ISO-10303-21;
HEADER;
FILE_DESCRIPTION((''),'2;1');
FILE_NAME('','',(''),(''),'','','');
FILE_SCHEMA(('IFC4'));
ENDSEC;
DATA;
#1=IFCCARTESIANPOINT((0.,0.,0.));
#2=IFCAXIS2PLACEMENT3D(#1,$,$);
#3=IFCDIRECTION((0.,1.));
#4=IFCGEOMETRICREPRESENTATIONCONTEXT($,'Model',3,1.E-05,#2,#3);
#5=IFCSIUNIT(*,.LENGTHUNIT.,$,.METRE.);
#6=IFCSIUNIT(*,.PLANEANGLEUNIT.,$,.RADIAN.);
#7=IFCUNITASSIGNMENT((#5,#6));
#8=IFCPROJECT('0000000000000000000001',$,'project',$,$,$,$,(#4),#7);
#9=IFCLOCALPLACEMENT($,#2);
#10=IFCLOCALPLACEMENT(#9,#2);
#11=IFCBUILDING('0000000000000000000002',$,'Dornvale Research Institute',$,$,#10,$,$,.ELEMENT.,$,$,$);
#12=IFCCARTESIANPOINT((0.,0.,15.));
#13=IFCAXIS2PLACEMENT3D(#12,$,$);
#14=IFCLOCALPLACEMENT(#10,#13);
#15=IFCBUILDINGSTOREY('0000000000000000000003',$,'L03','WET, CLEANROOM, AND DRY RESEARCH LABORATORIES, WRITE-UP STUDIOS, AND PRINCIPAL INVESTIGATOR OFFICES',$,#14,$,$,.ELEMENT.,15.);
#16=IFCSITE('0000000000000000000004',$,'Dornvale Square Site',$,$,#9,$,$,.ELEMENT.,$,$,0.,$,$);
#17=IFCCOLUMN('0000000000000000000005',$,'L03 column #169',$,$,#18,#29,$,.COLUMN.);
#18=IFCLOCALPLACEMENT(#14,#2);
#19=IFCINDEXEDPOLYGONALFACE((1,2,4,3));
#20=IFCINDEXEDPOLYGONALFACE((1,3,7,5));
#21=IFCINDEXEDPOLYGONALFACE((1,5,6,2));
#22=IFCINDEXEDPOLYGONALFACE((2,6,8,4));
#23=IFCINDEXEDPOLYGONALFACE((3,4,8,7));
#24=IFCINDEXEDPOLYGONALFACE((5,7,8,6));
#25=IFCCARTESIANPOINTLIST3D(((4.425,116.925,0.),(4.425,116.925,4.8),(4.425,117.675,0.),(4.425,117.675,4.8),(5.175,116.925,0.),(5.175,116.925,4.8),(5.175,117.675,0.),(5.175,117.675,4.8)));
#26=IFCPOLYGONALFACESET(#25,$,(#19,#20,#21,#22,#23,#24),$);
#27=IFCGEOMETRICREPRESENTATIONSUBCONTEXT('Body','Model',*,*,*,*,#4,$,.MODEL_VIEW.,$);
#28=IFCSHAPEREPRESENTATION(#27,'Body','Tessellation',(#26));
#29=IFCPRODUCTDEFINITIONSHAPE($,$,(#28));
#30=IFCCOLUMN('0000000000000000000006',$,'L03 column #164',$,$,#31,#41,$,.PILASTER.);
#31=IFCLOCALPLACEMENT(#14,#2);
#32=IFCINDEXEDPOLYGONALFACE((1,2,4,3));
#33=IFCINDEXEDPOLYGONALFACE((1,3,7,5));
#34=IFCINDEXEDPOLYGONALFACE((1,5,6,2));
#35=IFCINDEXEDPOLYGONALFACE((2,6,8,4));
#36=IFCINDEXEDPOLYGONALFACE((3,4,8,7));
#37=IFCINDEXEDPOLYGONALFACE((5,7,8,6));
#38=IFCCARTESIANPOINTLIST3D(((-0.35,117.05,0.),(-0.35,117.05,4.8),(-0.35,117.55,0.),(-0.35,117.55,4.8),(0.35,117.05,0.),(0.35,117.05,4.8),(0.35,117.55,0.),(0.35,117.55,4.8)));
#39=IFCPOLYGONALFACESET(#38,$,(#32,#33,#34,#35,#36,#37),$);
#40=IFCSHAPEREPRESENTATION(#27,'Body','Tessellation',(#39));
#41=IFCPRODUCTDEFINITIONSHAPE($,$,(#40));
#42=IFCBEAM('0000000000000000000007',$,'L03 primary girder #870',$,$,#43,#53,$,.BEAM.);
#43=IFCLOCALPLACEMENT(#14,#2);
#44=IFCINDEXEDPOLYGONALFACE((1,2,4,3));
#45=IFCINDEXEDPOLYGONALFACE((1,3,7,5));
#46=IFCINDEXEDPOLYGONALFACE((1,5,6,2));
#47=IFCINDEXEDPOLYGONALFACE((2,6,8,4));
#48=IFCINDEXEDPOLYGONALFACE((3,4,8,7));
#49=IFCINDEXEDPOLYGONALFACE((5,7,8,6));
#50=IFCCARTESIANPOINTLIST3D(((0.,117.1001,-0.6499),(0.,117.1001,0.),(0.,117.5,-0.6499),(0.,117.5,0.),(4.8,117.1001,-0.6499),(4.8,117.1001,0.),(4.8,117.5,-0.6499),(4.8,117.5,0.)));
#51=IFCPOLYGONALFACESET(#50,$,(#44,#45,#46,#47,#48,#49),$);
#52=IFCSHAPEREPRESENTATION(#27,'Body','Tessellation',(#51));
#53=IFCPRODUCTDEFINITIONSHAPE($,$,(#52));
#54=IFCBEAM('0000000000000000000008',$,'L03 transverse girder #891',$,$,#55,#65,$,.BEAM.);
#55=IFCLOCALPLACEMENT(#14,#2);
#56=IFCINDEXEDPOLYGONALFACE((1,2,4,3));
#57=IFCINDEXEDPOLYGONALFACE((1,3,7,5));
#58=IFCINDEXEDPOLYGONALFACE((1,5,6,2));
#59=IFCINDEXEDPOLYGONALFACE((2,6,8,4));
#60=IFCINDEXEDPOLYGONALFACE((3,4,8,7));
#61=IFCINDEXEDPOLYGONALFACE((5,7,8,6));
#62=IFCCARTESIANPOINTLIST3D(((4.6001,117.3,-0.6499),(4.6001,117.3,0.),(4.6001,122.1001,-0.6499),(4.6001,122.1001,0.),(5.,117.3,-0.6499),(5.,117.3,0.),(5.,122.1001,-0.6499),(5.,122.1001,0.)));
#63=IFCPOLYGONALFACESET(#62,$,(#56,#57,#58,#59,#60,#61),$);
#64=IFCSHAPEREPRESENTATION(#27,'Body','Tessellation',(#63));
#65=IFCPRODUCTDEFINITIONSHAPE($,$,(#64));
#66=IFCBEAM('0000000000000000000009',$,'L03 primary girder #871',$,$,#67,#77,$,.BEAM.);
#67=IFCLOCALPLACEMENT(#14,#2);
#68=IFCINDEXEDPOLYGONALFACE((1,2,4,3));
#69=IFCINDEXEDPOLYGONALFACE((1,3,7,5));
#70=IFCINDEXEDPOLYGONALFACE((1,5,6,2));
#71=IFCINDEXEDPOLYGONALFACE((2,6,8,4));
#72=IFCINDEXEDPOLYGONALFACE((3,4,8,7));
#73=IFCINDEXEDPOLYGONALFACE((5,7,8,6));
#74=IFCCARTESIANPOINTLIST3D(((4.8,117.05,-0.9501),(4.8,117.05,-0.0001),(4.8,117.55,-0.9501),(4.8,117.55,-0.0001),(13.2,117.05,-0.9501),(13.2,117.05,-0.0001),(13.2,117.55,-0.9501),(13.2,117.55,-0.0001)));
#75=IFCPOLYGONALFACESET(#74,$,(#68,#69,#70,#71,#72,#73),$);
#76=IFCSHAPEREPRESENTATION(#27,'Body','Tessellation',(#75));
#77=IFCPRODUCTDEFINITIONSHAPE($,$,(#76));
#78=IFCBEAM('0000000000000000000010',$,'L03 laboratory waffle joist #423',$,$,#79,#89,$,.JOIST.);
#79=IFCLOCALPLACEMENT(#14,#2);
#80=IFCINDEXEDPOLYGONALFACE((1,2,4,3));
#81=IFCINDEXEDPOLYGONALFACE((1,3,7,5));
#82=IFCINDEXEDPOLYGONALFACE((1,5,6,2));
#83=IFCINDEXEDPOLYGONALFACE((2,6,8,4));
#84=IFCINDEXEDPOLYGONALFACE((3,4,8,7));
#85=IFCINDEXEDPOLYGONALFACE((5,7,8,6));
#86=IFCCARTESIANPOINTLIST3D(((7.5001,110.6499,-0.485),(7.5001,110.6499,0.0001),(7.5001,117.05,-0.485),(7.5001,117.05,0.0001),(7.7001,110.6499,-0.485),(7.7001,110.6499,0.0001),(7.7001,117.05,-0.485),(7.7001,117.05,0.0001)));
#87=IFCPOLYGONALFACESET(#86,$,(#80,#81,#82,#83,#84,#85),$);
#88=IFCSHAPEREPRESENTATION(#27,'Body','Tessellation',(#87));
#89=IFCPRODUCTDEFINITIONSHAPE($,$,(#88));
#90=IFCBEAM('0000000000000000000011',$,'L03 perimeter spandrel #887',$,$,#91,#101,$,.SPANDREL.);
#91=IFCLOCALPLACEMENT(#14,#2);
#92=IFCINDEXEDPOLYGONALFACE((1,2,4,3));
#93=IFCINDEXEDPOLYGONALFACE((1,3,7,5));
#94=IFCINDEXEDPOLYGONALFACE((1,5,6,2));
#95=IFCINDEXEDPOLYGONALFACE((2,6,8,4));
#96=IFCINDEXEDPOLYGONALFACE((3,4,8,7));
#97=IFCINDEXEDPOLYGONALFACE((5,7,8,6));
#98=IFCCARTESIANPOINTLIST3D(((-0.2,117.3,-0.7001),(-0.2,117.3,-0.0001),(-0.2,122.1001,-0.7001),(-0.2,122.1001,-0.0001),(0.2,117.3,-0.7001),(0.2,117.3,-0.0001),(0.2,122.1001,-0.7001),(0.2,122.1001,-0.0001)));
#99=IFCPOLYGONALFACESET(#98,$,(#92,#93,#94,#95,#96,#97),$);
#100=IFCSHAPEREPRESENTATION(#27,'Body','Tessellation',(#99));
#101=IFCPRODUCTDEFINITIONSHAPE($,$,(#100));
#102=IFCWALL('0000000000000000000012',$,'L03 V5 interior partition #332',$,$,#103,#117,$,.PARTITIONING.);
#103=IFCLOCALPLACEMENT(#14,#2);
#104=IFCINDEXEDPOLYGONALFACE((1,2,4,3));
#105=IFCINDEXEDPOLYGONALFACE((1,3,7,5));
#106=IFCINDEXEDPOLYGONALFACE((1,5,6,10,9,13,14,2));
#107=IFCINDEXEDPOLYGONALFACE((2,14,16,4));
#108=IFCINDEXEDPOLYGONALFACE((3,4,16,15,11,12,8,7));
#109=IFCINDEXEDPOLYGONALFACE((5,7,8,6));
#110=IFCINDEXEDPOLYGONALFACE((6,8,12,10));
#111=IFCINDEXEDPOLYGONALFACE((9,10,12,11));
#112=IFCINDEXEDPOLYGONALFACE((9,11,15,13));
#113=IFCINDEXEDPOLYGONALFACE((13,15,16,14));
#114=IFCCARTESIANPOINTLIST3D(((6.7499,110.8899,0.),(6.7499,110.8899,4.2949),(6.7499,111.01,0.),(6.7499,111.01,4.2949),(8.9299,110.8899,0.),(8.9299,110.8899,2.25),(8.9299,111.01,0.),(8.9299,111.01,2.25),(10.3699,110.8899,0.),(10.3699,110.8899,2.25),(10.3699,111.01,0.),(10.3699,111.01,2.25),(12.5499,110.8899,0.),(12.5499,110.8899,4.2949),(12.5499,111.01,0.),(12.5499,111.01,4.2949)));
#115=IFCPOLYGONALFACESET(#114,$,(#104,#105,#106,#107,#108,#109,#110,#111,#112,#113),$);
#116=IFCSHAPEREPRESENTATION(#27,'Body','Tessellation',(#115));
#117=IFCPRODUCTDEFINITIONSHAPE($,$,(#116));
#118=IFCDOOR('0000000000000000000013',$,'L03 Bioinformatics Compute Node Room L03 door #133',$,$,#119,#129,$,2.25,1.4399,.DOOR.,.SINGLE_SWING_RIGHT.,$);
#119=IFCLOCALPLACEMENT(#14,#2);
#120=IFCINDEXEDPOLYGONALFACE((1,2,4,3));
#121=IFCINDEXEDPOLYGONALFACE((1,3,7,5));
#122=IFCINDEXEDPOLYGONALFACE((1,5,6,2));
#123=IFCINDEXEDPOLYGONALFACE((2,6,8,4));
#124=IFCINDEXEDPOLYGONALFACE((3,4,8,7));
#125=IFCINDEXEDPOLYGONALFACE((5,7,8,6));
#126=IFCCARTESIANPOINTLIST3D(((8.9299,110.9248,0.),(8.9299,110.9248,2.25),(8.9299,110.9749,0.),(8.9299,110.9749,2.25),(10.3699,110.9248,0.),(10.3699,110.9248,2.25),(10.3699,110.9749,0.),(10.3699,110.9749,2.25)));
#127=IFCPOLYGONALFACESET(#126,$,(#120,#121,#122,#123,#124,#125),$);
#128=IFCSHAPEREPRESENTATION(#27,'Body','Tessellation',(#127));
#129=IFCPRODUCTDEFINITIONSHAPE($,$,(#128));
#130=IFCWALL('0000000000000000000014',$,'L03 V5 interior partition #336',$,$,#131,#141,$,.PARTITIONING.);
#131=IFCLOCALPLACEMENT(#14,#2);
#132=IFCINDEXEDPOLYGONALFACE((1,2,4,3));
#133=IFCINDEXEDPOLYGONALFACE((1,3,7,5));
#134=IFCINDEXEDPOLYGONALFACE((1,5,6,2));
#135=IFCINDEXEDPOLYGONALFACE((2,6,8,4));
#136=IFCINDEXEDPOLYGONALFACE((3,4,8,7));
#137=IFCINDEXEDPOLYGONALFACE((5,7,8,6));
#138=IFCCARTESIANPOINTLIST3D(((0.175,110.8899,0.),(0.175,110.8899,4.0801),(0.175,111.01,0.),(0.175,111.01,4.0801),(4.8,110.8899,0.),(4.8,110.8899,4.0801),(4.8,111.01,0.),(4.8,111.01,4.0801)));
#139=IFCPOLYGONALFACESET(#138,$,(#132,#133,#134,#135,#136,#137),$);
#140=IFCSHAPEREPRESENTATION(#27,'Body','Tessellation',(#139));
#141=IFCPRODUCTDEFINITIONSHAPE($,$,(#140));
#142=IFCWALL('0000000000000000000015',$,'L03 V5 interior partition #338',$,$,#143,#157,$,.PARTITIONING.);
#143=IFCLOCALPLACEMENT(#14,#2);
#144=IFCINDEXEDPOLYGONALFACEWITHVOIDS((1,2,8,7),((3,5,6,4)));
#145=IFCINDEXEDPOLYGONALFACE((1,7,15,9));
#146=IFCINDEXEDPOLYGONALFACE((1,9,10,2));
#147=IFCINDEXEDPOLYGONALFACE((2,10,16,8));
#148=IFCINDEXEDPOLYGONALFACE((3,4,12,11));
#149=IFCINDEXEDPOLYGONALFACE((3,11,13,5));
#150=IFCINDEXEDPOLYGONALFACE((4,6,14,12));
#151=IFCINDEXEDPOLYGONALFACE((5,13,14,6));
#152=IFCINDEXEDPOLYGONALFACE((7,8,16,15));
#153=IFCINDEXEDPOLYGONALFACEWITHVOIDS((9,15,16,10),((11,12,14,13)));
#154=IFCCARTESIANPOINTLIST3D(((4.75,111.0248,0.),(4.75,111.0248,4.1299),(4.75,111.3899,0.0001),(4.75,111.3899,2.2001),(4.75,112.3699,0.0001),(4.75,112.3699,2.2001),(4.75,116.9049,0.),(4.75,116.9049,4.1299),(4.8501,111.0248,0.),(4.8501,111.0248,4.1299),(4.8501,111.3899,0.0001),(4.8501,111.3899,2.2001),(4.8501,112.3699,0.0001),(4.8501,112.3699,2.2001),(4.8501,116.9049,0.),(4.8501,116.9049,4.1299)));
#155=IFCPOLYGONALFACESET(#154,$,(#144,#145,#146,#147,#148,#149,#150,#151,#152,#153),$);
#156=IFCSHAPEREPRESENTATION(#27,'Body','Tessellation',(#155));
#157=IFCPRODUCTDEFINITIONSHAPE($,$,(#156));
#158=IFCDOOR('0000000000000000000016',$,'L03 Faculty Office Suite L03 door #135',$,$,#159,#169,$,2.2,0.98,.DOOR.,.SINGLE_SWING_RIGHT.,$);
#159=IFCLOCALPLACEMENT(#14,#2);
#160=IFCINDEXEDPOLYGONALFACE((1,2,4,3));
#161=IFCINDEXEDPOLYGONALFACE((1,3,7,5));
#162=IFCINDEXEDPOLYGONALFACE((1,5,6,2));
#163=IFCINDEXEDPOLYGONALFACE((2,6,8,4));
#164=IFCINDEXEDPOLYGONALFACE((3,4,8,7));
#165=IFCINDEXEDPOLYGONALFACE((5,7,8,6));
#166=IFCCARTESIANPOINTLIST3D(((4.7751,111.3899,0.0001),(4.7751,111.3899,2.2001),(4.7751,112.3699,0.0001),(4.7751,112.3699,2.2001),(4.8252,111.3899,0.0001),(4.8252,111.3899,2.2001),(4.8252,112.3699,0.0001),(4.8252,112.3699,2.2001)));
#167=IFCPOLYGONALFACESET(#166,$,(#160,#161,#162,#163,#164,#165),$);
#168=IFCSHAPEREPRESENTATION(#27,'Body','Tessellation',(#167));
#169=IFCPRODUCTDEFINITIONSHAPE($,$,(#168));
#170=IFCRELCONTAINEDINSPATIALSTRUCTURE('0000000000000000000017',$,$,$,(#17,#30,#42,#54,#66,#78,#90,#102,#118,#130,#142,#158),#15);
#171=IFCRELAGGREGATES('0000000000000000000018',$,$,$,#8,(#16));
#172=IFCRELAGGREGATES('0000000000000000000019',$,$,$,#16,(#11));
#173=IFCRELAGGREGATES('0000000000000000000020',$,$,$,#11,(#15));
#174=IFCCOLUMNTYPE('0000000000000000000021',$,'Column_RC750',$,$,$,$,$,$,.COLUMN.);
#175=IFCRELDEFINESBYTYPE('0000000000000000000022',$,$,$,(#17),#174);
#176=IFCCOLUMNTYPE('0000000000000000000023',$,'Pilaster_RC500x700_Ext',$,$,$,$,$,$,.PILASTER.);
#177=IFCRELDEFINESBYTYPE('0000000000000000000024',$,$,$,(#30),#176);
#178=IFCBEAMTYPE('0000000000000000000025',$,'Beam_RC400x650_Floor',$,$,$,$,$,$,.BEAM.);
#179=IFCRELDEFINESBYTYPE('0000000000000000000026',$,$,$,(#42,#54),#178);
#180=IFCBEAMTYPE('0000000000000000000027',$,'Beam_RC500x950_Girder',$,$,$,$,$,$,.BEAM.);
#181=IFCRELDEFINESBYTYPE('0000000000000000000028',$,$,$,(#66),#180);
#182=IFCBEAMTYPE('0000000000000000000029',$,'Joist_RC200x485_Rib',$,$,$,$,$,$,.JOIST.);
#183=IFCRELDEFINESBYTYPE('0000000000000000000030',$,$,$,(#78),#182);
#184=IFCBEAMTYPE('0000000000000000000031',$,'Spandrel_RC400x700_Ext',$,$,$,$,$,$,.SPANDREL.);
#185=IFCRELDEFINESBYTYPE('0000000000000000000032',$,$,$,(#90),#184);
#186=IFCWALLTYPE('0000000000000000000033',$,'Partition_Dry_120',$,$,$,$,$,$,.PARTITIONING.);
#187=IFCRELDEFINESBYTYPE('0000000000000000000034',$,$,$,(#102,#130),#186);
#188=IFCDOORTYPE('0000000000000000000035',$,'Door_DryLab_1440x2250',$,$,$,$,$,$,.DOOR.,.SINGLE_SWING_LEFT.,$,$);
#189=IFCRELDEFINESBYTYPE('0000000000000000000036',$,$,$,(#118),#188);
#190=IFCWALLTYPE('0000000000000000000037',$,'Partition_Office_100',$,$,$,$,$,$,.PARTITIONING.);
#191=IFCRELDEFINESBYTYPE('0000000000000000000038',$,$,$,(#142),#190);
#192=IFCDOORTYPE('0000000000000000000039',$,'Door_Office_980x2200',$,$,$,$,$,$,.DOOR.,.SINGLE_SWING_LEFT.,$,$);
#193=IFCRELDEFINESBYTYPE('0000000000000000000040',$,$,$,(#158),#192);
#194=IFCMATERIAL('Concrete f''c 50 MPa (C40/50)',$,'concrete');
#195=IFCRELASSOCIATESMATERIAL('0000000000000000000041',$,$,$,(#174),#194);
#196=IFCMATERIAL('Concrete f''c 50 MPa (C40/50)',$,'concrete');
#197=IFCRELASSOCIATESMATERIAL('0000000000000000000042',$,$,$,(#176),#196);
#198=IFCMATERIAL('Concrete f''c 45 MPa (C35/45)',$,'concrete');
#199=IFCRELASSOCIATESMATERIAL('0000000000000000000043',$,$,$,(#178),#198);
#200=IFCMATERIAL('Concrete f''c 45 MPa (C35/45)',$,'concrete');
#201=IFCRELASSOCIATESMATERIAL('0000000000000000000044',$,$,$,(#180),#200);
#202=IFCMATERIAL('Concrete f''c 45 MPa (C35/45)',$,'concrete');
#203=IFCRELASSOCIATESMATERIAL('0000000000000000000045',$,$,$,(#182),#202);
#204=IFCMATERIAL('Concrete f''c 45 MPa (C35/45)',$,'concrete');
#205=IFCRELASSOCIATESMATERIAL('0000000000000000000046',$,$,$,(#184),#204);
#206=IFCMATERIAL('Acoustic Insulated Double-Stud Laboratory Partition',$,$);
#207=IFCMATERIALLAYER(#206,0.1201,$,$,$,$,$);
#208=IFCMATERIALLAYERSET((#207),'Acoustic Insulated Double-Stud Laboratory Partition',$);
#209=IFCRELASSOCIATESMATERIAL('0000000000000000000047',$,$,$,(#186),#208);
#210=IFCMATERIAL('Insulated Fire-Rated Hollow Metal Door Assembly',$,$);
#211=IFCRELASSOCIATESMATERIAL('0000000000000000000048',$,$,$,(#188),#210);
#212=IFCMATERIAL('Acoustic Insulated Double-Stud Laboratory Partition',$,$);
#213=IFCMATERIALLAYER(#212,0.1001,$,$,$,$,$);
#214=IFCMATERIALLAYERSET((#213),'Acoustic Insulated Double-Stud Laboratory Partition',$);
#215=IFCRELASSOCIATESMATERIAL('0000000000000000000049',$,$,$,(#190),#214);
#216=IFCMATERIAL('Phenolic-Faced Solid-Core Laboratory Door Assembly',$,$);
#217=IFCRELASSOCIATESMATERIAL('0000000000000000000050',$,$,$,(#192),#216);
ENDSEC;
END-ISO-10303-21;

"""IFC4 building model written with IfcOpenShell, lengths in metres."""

from ifc_helpers import new_model, si_unit, direction, frame, frame_2d, origin, origin_2d, place, context, subcontext, project, spatial, rectangle, extrude, material, layer, layer_set, material_profile, profile_set, type_object, element, fill, save


model = new_model("IFC4")

# Units and contexts
model_context = context("Model", 3, precision=1e-05, world=origin(), true_north=direction((0.0, 1.0)))
body_context = subcontext(model_context, "Body", "Model", "MODEL_VIEW")
ifc_project = project(units=[si_unit("LENGTHUNIT", "METRE"), si_unit("PLANEANGLEUNIT", "RADIAN")], contexts=[model_context])

# Site, building, storey
site_placement = place(None, origin())
site = spatial("IfcSite", under=ifc_project, at=site_placement, Name="Dornvale Square Site", CompositionType="ELEMENT", RefElevation=0.0)
building_placement = place(site_placement, origin())
building = spatial("IfcBuilding", under=site, at=building_placement, Name="Dornvale Research Institute", CompositionType="ELEMENT")
storey_placement = place(building_placement, frame((0.0, 0.0, 15.0)))
storey = spatial("IfcBuildingStorey", under=building, at=storey_placement, Name="L03", Description="WET, CLEANROOM, AND DRY RESEARCH LABORATORIES, WRITE-UP STUDIOS, AND PRINCIPAL INVESTIGATOR OFFICES", CompositionType="ELEMENT", Elevation=15.0)

# Columns
ifc_material_1 = material(Name="Concrete f'c 50 MPa (C40/50)", Category="concrete")
ifc_material_profile_1 = material_profile(ifc_material_1, rectangle(XDim=0.75, YDim=0.75, at=origin_2d()), Name="RC 750x750")
ifc_profile_set_1 = profile_set([ifc_material_profile_1], Name="Concrete f'c 50 MPa (C40/50)")
column_type_1 = type_object("IfcColumnType", Name="Column_RC750", PredefinedType="COLUMN", material=ifc_profile_set_1)
column_1_placement = place(storey_placement, frame((4.8, 117.3, 0.0), z_axis=(0.0, 0.0, 1.0), x_axis=(1.0, 0.0, 0.0)))
element("IfcColumn", 1, at=column_1_placement, inside=storey, type_object=column_type_1, Name="L03 column #169", PredefinedType="COLUMN", context=body_context, shape_type="SweptSolid", body=[
    extrude(rectangle(XDim=0.75, YDim=0.75, at=origin_2d()), origin(), (0.0, 0.0, 1.0), 4.8),
])
ifc_material_2 = material(Name="Concrete f'c 50 MPa (C40/50)", Category="concrete")
ifc_material_profile_2 = material_profile(ifc_material_2, rectangle(XDim=0.5, YDim=0.7, at=origin_2d()), Name="RC 500x700")
ifc_profile_set_2 = profile_set([ifc_material_profile_2], Name="Concrete f'c 50 MPa (C40/50)")
column_type_2 = type_object("IfcColumnType", Name="Pilaster_RC500x700_Ext", PredefinedType="PILASTER", material=ifc_profile_set_2)
column_2_placement = place(storey_placement, frame((0.0, 117.3, 0.0), z_axis=(0.0, 0.0, 1.0), x_axis=(0.0, 1.0, 0.0)))
element("IfcColumn", 2, at=column_2_placement, inside=storey, type_object=column_type_2, Name="L03 column #164", PredefinedType="PILASTER", context=body_context, shape_type="SweptSolid", body=[
    extrude(rectangle(XDim=0.5, YDim=0.7, at=origin_2d()), origin(), (0.0, 0.0, 1.0), 4.8),
])

# Beams
ifc_material_3 = material(Name="Concrete f'c 45 MPa (C35/45)", Category="concrete")
ifc_material_profile_3 = material_profile(ifc_material_3, rectangle(XDim=0.3999, YDim=0.6499, at=origin_2d()), Name="RC 400x650")
ifc_profile_set_3 = profile_set([ifc_material_profile_3], Name="Concrete f'c 45 MPa (C35/45)")
beam_type_1 = type_object("IfcBeamType", Name="Beam_RC400x650_Floor", PredefinedType="BEAM", material=ifc_profile_set_3)
for number, where, z_axis, x_axis, name in (
    (3, (0.0, 117.3, -0.325), (1.0, 0.0, 0.0), (0.0, 1.0, 0.0), "L03 primary girder #870"),
    (4, (4.8, 117.3, -0.325), (0.0, 1.0, 0.0), (-1.0, 0.0, 0.0), "L03 transverse girder #891"),
):
    element("IfcBeam", number, at=place(storey_placement, frame(where, z_axis=z_axis, x_axis=x_axis)), inside=storey, type_object=beam_type_1, Name=name, PredefinedType="BEAM", context=body_context, shape_type="SweptSolid", body=[
        extrude(rectangle(XDim=0.3999, YDim=0.6499, at=origin_2d()), origin(), (0.0, 0.0, 1.0), 4.8),
    ])
ifc_material_4 = material(Name="Concrete f'c 45 MPa (C35/45)", Category="concrete")
ifc_material_profile_4 = material_profile(ifc_material_4, rectangle(XDim=0.5, YDim=0.95, at=origin_2d()), Name="RC 500x950")
ifc_profile_set_4 = profile_set([ifc_material_profile_4], Name="Concrete f'c 45 MPa (C35/45)")
beam_type_2 = type_object("IfcBeamType", Name="Beam_RC500x950_Girder", PredefinedType="BEAM", material=ifc_profile_set_4)
beam_1_placement = place(storey_placement, frame((4.8, 117.3, -0.4751), z_axis=(1.0, 0.0, 0.0), x_axis=(0.0, 1.0, 0.0)))
element("IfcBeam", 5, at=beam_1_placement, inside=storey, type_object=beam_type_2, Name="L03 primary girder #871", PredefinedType="BEAM", context=body_context, shape_type="SweptSolid", body=[
    extrude(rectangle(XDim=0.5, YDim=0.95, at=origin_2d()), origin(), (0.0, 0.0, 1.0), 8.3999),
])
ifc_material_5 = material(Name="Concrete f'c 45 MPa (C35/45)", Category="concrete")
ifc_material_profile_5 = material_profile(ifc_material_5, rectangle(XDim=0.2, YDim=0.4851, at=origin_2d()), Name="RC 200x485")
ifc_profile_set_5 = profile_set([ifc_material_profile_5], Name="Concrete f'c 45 MPa (C35/45)")
beam_type_3 = type_object("IfcBeamType", Name="Joist_RC200x485_Rib", PredefinedType="JOIST", material=ifc_profile_set_5)
beam_2_placement = place(storey_placement, frame((7.6001, 110.6499, -0.2424), z_axis=(0.0, 1.0, 0.0), x_axis=(-1.0, 0.0, 0.0)))
element("IfcBeam", 6, at=beam_2_placement, inside=storey, type_object=beam_type_3, Name="L03 laboratory waffle joist #423", PredefinedType="JOIST", context=body_context, shape_type="SweptSolid", body=[
    extrude(rectangle(XDim=0.2, YDim=0.4851, at=origin_2d()), origin(), (0.0, 0.0, 1.0), 6.4001),
])
ifc_material_6 = material(Name="Concrete f'c 45 MPa (C35/45)", Category="concrete")
ifc_material_profile_6 = material_profile(ifc_material_6, rectangle(XDim=0.3999, YDim=0.7, at=origin_2d()), Name="RC 400x700")
ifc_profile_set_6 = profile_set([ifc_material_profile_6], Name="Concrete f'c 45 MPa (C35/45)")
beam_type_4 = type_object("IfcBeamType", Name="Spandrel_RC400x700_Ext", PredefinedType="SPANDREL", material=ifc_profile_set_6)
beam_3_placement = place(storey_placement, frame((0.0, 117.3, -0.3501), z_axis=(0.0, 1.0, 0.0), x_axis=(-1.0, 0.0, 0.0)))
element("IfcBeam", 7, at=beam_3_placement, inside=storey, type_object=beam_type_4, Name="L03 perimeter spandrel #887", PredefinedType="SPANDREL", context=body_context, shape_type="SweptSolid", body=[
    extrude(rectangle(XDim=0.3999, YDim=0.7, at=origin_2d()), origin(), (0.0, 0.0, 1.0), 4.8),
])

# Wall, opening, door
ifc_material_7 = material(Name="Acoustic Insulated Double-Stud Laboratory Partition")
ifc_layer_1 = layer(ifc_material_7, 0.1201)
ifc_layer_set_1 = layer_set([ifc_layer_1], Name="Acoustic Insulated Double-Stud Laboratory Partition")
wall_type_1 = type_object("IfcWallType", Name="Partition_Dry_120", PredefinedType="PARTITIONING", material=ifc_layer_set_1)
wall_1_placement = place(storey_placement, frame((6.75, 110.95, 0.0), z_axis=(0.0, 0.0, 1.0), x_axis=(1.0, 0.0, 0.0)))
wall_1 = element("IfcWall", 8, at=wall_1_placement, inside=storey, type_object=wall_type_1, Name="L03 V5 interior partition #332", PredefinedType="PARTITIONING", context=body_context, shape_type="SweptSolid", body=[
    extrude(rectangle(XDim=5.8, YDim=0.1201, at=frame_2d((2.8999, 0.0))), origin(), (0.0, 0.0, 1.0), 4.2949),
])
opening_1_placement = place(wall_1_placement, frame((2.1799, 0.0, 0.0)))
opening_1 = element("IfcOpeningElement", 9, at=opening_1_placement, cuts=wall_1, PredefinedType="OPENING", context=body_context, shape_type="SweptSolid", body=[
    extrude(rectangle(XDim=1.4399, YDim=2.25, at=frame_2d((0.72, 1.125))), frame((0.0, 0.075, 0.0), z_axis=(0.0, -1.0, 0.0), x_axis=(1.0, 0.0, 0.0)), (0.0, 0.0, 1.0), 0.1501),
])
ifc_material_8 = material(Name="Insulated Fire-Rated Hollow Metal Door Assembly")
door_type_1 = type_object("IfcDoorType", Name="Door_DryLab_1440x2250", OperationType="SINGLE_SWING_LEFT", PredefinedType="DOOR", material=ifc_material_8)
door_1_placement = place(opening_1_placement, origin())
door_1 = element("IfcDoor", 10, at=door_1_placement, inside=storey, type_object=door_type_1, Name="L03 Bioinformatics Compute Node Room L03 door #133", OperationType="SINGLE_SWING_RIGHT", OverallHeight=2.25, OverallWidth=1.4399, PredefinedType="DOOR", context=body_context, shape_type="SweptSolid", body=[
    extrude(rectangle(XDim=1.4399, YDim=2.25, at=frame_2d((0.72, 1.125))), frame((0.0, 0.0249, 0.0), z_axis=(0.0, -1.0, 0.0), x_axis=(1.0, 0.0, 0.0)), (0.0, 0.0, 1.0), 0.05),
])
fill(opening_1, door_1)

# Wall
wall_2_placement = place(storey_placement, frame((0.175, 110.95, 0.0), z_axis=(0.0, 0.0, 1.0), x_axis=(1.0, 0.0, 0.0)))
element("IfcWall", 11, at=wall_2_placement, inside=storey, type_object=wall_type_1, Name="L03 V5 interior partition #336", PredefinedType="PARTITIONING", context=body_context, shape_type="SweptSolid", body=[
    extrude(rectangle(XDim=4.625, YDim=0.1201, at=frame_2d((2.3125, 0.0))), origin(), (0.0, 0.0, 1.0), 4.0801),
])

# Wall, opening, door
ifc_material_9 = material(Name="Acoustic Insulated Double-Stud Laboratory Partition")
ifc_layer_2 = layer(ifc_material_9, 0.1001)
ifc_layer_set_2 = layer_set([ifc_layer_2], Name="Acoustic Insulated Double-Stud Laboratory Partition")
wall_type_2 = type_object("IfcWallType", Name="Partition_Office_100", PredefinedType="PARTITIONING", material=ifc_layer_set_2)
wall_3_placement = place(storey_placement, frame((4.8, 111.0249, 0.0), z_axis=(0.0, 0.0, 1.0), x_axis=(0.0, 1.0, 0.0)))
wall_3 = element("IfcWall", 12, at=wall_3_placement, inside=storey, type_object=wall_type_2, Name="L03 V5 interior partition #338", PredefinedType="PARTITIONING", context=body_context, shape_type="SweptSolid", body=[
    extrude(rectangle(XDim=5.8801, YDim=0.1001, at=frame_2d((2.9399, 0.0))), origin(), (0.0, 0.0, 1.0), 4.1299),
])
opening_2_placement = place(wall_3_placement, frame((0.365, 0.0, 0.0)))
opening_2 = element("IfcOpeningElement", 13, at=opening_2_placement, cuts=wall_3, PredefinedType="OPENING", context=body_context, shape_type="SweptSolid", body=[
    extrude(rectangle(XDim=0.98, YDim=2.2, at=frame_2d((0.49, 1.1001))), frame((0.0, 0.0649, 0.0), z_axis=(0.0, -1.0, 0.0), x_axis=(1.0, 0.0, 0.0)), (0.0, 0.0, 1.0), 0.1301),
])
ifc_material_10 = material(Name="Phenolic-Faced Solid-Core Laboratory Door Assembly")
door_type_2 = type_object("IfcDoorType", Name="Door_Office_980x2200", OperationType="SINGLE_SWING_LEFT", PredefinedType="DOOR", material=ifc_material_10)
door_2_placement = place(opening_2_placement, origin())
door_2 = element("IfcDoor", 14, at=door_2_placement, inside=storey, type_object=door_type_2, Name="L03 Faculty Office Suite L03 door #135", OperationType="SINGLE_SWING_RIGHT", OverallHeight=2.2, OverallWidth=0.98, PredefinedType="DOOR", context=body_context, shape_type="SweptSolid", body=[
    extrude(rectangle(XDim=0.98, YDim=2.2, at=frame_2d((0.49, 1.1001))), frame((0.0, 0.0249, 0.0), z_axis=(0.0, -1.0, 0.0), x_axis=(1.0, 0.0, 0.0)), (0.0, 0.0, 1.0), 0.05),
])
fill(opening_2, door_2)

save(model, "model.ifc")
